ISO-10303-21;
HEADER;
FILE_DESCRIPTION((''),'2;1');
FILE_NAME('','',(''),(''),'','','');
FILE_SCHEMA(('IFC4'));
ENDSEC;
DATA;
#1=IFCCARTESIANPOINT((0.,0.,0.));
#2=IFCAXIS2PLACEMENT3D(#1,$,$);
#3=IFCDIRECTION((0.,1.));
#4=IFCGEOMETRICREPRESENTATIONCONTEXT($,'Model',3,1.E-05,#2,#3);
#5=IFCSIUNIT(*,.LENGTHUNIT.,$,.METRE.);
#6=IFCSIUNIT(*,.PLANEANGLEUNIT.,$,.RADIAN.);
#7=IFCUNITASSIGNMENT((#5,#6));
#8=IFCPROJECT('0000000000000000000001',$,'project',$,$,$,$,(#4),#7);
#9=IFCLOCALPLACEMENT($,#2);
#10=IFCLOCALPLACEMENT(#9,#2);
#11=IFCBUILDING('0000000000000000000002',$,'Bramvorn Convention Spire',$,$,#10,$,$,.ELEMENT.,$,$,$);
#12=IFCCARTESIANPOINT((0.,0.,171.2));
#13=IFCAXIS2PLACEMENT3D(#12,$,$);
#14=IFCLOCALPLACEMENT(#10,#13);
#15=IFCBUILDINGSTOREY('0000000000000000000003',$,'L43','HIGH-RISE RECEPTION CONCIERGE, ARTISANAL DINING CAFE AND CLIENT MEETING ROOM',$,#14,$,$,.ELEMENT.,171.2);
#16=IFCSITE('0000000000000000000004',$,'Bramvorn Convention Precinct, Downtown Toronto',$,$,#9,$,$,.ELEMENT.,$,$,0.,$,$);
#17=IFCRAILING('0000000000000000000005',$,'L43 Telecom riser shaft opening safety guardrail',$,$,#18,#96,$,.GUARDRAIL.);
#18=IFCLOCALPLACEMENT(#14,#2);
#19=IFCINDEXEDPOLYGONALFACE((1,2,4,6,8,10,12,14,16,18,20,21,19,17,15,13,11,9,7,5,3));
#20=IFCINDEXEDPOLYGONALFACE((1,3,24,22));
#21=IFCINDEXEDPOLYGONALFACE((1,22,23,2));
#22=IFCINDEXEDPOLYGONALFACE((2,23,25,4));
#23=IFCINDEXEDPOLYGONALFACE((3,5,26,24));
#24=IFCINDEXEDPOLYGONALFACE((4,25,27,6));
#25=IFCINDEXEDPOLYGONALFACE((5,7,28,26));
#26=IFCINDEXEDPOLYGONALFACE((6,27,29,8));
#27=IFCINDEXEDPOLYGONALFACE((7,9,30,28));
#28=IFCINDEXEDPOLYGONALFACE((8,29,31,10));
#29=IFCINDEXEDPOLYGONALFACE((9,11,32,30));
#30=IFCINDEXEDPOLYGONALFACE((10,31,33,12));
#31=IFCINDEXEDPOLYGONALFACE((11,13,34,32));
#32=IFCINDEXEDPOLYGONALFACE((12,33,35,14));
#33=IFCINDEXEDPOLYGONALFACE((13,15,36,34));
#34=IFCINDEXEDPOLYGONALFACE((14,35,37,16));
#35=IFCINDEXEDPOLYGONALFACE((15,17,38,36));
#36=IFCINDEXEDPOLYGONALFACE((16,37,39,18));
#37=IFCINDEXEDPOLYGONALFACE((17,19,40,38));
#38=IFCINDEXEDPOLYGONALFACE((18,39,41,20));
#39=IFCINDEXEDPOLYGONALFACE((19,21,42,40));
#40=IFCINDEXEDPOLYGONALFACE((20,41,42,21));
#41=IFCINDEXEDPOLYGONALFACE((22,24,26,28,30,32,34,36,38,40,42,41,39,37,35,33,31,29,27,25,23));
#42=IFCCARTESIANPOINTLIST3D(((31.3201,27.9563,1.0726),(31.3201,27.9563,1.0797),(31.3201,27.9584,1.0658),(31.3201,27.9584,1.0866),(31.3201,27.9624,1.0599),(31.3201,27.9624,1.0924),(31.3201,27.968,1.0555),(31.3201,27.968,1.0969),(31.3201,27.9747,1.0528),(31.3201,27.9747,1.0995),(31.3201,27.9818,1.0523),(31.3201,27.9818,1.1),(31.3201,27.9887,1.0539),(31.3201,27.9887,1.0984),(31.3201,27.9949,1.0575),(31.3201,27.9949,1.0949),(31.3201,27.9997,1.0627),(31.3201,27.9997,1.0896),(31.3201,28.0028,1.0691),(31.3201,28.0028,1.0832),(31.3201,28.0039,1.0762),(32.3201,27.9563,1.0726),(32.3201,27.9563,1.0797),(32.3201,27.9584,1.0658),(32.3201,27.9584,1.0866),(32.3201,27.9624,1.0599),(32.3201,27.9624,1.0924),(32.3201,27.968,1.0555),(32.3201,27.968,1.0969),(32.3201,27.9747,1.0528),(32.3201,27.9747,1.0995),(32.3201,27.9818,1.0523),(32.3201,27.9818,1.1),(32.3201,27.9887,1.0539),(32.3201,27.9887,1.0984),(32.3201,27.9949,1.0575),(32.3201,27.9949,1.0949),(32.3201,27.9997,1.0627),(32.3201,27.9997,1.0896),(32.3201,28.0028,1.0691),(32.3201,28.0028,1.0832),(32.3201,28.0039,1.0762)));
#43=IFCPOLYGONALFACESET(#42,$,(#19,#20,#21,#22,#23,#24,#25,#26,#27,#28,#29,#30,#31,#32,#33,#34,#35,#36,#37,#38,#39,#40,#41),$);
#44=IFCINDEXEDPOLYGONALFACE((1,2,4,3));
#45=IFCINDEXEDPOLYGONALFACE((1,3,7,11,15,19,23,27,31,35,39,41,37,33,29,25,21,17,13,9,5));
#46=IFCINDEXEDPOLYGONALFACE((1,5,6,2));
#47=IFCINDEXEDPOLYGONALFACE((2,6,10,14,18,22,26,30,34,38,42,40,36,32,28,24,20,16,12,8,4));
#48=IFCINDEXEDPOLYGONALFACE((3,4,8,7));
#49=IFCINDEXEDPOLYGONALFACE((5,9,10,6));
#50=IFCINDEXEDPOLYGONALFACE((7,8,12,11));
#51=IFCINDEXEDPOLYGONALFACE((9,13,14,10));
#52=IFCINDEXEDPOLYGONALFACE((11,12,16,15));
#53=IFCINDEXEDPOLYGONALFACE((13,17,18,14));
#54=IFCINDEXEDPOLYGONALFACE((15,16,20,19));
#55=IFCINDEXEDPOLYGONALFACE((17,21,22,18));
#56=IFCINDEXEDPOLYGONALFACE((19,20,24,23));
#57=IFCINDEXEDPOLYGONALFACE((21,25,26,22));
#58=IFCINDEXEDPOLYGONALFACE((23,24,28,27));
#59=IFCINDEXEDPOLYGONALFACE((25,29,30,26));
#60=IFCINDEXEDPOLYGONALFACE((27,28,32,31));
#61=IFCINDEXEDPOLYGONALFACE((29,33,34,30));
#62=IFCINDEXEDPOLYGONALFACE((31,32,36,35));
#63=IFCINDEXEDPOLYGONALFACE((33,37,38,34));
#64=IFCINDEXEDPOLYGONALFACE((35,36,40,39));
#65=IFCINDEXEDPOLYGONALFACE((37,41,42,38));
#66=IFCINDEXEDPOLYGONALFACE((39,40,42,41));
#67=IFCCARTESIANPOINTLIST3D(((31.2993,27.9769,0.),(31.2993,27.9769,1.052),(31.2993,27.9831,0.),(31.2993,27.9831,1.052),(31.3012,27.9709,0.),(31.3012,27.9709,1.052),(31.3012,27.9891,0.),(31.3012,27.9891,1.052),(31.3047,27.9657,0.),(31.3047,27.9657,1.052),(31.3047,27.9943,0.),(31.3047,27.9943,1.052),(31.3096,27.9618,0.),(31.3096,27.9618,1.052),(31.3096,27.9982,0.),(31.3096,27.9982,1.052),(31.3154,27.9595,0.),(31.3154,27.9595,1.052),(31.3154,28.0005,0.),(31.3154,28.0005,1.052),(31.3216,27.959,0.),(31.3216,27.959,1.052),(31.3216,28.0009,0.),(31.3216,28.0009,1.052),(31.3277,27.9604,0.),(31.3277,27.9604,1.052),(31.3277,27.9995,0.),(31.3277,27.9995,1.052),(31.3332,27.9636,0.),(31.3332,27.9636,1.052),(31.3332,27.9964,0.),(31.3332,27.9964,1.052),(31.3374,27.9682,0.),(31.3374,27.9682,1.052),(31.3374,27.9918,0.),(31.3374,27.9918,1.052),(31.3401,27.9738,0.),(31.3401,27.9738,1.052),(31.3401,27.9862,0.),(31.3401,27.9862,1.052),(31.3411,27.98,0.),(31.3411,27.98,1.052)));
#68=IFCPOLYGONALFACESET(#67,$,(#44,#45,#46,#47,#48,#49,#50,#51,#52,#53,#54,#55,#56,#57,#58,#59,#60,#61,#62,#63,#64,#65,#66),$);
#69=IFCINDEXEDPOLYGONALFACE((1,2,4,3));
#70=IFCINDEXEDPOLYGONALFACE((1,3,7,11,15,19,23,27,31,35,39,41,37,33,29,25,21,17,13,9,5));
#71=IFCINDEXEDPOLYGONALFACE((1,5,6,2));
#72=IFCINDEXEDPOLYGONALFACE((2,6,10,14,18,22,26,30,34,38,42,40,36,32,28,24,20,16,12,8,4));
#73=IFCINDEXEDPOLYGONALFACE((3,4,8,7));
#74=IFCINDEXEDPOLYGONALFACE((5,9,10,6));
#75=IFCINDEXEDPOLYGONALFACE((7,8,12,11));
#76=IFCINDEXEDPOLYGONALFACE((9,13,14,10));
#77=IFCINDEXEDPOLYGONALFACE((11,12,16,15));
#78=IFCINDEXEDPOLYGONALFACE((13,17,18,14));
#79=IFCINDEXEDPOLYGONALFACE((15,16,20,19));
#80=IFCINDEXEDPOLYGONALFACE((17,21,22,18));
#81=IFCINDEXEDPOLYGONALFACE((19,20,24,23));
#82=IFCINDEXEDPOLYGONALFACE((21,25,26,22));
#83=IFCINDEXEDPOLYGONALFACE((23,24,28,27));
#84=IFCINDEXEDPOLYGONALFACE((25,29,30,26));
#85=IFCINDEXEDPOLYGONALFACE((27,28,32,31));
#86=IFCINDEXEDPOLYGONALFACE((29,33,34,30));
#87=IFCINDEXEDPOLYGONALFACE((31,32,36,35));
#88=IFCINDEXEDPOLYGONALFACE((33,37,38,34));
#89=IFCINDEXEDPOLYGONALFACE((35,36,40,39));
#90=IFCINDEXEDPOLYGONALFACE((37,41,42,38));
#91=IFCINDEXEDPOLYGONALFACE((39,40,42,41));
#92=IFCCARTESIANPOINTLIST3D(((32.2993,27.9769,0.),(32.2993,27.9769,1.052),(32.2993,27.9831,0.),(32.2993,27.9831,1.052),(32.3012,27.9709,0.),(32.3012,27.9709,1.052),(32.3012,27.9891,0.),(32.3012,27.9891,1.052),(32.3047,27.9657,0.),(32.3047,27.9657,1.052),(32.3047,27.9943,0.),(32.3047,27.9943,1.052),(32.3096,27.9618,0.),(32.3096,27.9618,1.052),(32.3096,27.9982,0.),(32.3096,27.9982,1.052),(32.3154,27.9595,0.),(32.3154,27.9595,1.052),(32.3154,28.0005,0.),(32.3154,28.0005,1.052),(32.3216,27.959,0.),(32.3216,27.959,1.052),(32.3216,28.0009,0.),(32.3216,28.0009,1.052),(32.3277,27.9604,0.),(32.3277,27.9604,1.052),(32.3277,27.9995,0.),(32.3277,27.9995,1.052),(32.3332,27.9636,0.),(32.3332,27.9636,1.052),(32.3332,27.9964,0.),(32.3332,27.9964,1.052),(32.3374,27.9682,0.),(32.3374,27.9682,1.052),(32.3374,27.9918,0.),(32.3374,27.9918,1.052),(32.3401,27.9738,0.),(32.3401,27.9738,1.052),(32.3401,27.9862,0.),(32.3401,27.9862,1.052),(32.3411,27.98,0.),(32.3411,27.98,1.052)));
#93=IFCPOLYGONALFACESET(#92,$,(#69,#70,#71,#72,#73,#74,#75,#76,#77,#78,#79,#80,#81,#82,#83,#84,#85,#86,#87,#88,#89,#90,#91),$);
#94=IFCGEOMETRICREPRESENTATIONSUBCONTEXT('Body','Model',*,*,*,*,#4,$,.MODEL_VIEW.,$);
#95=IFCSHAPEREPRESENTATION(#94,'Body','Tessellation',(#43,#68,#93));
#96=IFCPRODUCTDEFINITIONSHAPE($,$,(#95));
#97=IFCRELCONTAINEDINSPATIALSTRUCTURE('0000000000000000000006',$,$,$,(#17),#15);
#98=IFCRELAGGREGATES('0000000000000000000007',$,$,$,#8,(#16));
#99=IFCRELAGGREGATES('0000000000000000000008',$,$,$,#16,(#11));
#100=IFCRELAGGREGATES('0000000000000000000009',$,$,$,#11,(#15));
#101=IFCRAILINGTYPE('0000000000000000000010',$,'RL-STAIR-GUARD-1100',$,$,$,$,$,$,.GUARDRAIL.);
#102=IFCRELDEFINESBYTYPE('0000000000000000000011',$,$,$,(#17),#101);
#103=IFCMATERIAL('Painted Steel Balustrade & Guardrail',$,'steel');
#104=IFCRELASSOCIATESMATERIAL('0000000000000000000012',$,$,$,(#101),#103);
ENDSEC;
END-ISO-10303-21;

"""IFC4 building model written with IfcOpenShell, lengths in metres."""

from ifc_helpers import new_model, si_unit, direction, frame, origin, origin_2d, place, context, subcontext, project, spatial, circle, extrude, material, type_object, element, save


model = new_model("IFC4")

# Units and contexts
model_context = context("Model", 3, precision=1e-05, world=origin(), true_north=direction((0.0, 1.0)))
body_context = subcontext(model_context, "Body", "Model", "MODEL_VIEW")
ifc_project = project(units=[si_unit("LENGTHUNIT", "METRE"), si_unit("PLANEANGLEUNIT", "RADIAN")], contexts=[model_context])

# Site, building, storey
site_placement = place(None, origin())
site = spatial("IfcSite", under=ifc_project, at=site_placement, Name="Bramvorn Convention Precinct, Downtown Toronto", CompositionType="ELEMENT", RefElevation=0.0)
building_placement = place(site_placement, origin())
building = spatial("IfcBuilding", under=site, at=building_placement, Name="Bramvorn Convention Spire", CompositionType="ELEMENT")
storey_placement = place(building_placement, frame((0.0, 0.0, 171.2)))
storey = spatial("IfcBuildingStorey", under=building, at=storey_placement, Name="L43", Description="HIGH-RISE RECEPTION CONCIERGE, ARTISANAL DINING CAFE AND CLIENT MEETING ROOM", CompositionType="ELEMENT", Elevation=171.2)

# Railing
ifc_material_1 = material(Name="Painted Steel Balustrade & Guardrail", Category="steel")
railing_type = type_object("IfcRailingType", Name="RL-STAIR-GUARD-1100", PredefinedType="GUARDRAIL", material=ifc_material_1)
railing_1_placement = place(storey_placement, frame((31.3201, 27.98, 0.0)))
element("IfcRailing", 1, at=railing_1_placement, inside=storey, type_object=railing_type, Name="L43 Telecom riser shaft opening safety guardrail", PredefinedType="GUARDRAIL", context=body_context, shape_type="SweptSolid", body=[
    extrude(circle(Radius=0.0239, at=origin_2d()), frame((0.0, 0.0, 1.0762), z_axis=(1.0, 0.0, 0.0), x_axis=(0.0, 1.0, 0.0)), (0.0, 0.0, 1.0), 1.0),
    extrude(circle(Radius=0.021, at=origin_2d()), origin(), (0.0, 0.0, 1.0), 1.052),
    extrude(circle(Radius=0.021, at=origin_2d()), frame((1.0, 0.0, 0.0)), (0.0, 0.0, 1.0), 1.052),
])

save(model, "model.ifc")
